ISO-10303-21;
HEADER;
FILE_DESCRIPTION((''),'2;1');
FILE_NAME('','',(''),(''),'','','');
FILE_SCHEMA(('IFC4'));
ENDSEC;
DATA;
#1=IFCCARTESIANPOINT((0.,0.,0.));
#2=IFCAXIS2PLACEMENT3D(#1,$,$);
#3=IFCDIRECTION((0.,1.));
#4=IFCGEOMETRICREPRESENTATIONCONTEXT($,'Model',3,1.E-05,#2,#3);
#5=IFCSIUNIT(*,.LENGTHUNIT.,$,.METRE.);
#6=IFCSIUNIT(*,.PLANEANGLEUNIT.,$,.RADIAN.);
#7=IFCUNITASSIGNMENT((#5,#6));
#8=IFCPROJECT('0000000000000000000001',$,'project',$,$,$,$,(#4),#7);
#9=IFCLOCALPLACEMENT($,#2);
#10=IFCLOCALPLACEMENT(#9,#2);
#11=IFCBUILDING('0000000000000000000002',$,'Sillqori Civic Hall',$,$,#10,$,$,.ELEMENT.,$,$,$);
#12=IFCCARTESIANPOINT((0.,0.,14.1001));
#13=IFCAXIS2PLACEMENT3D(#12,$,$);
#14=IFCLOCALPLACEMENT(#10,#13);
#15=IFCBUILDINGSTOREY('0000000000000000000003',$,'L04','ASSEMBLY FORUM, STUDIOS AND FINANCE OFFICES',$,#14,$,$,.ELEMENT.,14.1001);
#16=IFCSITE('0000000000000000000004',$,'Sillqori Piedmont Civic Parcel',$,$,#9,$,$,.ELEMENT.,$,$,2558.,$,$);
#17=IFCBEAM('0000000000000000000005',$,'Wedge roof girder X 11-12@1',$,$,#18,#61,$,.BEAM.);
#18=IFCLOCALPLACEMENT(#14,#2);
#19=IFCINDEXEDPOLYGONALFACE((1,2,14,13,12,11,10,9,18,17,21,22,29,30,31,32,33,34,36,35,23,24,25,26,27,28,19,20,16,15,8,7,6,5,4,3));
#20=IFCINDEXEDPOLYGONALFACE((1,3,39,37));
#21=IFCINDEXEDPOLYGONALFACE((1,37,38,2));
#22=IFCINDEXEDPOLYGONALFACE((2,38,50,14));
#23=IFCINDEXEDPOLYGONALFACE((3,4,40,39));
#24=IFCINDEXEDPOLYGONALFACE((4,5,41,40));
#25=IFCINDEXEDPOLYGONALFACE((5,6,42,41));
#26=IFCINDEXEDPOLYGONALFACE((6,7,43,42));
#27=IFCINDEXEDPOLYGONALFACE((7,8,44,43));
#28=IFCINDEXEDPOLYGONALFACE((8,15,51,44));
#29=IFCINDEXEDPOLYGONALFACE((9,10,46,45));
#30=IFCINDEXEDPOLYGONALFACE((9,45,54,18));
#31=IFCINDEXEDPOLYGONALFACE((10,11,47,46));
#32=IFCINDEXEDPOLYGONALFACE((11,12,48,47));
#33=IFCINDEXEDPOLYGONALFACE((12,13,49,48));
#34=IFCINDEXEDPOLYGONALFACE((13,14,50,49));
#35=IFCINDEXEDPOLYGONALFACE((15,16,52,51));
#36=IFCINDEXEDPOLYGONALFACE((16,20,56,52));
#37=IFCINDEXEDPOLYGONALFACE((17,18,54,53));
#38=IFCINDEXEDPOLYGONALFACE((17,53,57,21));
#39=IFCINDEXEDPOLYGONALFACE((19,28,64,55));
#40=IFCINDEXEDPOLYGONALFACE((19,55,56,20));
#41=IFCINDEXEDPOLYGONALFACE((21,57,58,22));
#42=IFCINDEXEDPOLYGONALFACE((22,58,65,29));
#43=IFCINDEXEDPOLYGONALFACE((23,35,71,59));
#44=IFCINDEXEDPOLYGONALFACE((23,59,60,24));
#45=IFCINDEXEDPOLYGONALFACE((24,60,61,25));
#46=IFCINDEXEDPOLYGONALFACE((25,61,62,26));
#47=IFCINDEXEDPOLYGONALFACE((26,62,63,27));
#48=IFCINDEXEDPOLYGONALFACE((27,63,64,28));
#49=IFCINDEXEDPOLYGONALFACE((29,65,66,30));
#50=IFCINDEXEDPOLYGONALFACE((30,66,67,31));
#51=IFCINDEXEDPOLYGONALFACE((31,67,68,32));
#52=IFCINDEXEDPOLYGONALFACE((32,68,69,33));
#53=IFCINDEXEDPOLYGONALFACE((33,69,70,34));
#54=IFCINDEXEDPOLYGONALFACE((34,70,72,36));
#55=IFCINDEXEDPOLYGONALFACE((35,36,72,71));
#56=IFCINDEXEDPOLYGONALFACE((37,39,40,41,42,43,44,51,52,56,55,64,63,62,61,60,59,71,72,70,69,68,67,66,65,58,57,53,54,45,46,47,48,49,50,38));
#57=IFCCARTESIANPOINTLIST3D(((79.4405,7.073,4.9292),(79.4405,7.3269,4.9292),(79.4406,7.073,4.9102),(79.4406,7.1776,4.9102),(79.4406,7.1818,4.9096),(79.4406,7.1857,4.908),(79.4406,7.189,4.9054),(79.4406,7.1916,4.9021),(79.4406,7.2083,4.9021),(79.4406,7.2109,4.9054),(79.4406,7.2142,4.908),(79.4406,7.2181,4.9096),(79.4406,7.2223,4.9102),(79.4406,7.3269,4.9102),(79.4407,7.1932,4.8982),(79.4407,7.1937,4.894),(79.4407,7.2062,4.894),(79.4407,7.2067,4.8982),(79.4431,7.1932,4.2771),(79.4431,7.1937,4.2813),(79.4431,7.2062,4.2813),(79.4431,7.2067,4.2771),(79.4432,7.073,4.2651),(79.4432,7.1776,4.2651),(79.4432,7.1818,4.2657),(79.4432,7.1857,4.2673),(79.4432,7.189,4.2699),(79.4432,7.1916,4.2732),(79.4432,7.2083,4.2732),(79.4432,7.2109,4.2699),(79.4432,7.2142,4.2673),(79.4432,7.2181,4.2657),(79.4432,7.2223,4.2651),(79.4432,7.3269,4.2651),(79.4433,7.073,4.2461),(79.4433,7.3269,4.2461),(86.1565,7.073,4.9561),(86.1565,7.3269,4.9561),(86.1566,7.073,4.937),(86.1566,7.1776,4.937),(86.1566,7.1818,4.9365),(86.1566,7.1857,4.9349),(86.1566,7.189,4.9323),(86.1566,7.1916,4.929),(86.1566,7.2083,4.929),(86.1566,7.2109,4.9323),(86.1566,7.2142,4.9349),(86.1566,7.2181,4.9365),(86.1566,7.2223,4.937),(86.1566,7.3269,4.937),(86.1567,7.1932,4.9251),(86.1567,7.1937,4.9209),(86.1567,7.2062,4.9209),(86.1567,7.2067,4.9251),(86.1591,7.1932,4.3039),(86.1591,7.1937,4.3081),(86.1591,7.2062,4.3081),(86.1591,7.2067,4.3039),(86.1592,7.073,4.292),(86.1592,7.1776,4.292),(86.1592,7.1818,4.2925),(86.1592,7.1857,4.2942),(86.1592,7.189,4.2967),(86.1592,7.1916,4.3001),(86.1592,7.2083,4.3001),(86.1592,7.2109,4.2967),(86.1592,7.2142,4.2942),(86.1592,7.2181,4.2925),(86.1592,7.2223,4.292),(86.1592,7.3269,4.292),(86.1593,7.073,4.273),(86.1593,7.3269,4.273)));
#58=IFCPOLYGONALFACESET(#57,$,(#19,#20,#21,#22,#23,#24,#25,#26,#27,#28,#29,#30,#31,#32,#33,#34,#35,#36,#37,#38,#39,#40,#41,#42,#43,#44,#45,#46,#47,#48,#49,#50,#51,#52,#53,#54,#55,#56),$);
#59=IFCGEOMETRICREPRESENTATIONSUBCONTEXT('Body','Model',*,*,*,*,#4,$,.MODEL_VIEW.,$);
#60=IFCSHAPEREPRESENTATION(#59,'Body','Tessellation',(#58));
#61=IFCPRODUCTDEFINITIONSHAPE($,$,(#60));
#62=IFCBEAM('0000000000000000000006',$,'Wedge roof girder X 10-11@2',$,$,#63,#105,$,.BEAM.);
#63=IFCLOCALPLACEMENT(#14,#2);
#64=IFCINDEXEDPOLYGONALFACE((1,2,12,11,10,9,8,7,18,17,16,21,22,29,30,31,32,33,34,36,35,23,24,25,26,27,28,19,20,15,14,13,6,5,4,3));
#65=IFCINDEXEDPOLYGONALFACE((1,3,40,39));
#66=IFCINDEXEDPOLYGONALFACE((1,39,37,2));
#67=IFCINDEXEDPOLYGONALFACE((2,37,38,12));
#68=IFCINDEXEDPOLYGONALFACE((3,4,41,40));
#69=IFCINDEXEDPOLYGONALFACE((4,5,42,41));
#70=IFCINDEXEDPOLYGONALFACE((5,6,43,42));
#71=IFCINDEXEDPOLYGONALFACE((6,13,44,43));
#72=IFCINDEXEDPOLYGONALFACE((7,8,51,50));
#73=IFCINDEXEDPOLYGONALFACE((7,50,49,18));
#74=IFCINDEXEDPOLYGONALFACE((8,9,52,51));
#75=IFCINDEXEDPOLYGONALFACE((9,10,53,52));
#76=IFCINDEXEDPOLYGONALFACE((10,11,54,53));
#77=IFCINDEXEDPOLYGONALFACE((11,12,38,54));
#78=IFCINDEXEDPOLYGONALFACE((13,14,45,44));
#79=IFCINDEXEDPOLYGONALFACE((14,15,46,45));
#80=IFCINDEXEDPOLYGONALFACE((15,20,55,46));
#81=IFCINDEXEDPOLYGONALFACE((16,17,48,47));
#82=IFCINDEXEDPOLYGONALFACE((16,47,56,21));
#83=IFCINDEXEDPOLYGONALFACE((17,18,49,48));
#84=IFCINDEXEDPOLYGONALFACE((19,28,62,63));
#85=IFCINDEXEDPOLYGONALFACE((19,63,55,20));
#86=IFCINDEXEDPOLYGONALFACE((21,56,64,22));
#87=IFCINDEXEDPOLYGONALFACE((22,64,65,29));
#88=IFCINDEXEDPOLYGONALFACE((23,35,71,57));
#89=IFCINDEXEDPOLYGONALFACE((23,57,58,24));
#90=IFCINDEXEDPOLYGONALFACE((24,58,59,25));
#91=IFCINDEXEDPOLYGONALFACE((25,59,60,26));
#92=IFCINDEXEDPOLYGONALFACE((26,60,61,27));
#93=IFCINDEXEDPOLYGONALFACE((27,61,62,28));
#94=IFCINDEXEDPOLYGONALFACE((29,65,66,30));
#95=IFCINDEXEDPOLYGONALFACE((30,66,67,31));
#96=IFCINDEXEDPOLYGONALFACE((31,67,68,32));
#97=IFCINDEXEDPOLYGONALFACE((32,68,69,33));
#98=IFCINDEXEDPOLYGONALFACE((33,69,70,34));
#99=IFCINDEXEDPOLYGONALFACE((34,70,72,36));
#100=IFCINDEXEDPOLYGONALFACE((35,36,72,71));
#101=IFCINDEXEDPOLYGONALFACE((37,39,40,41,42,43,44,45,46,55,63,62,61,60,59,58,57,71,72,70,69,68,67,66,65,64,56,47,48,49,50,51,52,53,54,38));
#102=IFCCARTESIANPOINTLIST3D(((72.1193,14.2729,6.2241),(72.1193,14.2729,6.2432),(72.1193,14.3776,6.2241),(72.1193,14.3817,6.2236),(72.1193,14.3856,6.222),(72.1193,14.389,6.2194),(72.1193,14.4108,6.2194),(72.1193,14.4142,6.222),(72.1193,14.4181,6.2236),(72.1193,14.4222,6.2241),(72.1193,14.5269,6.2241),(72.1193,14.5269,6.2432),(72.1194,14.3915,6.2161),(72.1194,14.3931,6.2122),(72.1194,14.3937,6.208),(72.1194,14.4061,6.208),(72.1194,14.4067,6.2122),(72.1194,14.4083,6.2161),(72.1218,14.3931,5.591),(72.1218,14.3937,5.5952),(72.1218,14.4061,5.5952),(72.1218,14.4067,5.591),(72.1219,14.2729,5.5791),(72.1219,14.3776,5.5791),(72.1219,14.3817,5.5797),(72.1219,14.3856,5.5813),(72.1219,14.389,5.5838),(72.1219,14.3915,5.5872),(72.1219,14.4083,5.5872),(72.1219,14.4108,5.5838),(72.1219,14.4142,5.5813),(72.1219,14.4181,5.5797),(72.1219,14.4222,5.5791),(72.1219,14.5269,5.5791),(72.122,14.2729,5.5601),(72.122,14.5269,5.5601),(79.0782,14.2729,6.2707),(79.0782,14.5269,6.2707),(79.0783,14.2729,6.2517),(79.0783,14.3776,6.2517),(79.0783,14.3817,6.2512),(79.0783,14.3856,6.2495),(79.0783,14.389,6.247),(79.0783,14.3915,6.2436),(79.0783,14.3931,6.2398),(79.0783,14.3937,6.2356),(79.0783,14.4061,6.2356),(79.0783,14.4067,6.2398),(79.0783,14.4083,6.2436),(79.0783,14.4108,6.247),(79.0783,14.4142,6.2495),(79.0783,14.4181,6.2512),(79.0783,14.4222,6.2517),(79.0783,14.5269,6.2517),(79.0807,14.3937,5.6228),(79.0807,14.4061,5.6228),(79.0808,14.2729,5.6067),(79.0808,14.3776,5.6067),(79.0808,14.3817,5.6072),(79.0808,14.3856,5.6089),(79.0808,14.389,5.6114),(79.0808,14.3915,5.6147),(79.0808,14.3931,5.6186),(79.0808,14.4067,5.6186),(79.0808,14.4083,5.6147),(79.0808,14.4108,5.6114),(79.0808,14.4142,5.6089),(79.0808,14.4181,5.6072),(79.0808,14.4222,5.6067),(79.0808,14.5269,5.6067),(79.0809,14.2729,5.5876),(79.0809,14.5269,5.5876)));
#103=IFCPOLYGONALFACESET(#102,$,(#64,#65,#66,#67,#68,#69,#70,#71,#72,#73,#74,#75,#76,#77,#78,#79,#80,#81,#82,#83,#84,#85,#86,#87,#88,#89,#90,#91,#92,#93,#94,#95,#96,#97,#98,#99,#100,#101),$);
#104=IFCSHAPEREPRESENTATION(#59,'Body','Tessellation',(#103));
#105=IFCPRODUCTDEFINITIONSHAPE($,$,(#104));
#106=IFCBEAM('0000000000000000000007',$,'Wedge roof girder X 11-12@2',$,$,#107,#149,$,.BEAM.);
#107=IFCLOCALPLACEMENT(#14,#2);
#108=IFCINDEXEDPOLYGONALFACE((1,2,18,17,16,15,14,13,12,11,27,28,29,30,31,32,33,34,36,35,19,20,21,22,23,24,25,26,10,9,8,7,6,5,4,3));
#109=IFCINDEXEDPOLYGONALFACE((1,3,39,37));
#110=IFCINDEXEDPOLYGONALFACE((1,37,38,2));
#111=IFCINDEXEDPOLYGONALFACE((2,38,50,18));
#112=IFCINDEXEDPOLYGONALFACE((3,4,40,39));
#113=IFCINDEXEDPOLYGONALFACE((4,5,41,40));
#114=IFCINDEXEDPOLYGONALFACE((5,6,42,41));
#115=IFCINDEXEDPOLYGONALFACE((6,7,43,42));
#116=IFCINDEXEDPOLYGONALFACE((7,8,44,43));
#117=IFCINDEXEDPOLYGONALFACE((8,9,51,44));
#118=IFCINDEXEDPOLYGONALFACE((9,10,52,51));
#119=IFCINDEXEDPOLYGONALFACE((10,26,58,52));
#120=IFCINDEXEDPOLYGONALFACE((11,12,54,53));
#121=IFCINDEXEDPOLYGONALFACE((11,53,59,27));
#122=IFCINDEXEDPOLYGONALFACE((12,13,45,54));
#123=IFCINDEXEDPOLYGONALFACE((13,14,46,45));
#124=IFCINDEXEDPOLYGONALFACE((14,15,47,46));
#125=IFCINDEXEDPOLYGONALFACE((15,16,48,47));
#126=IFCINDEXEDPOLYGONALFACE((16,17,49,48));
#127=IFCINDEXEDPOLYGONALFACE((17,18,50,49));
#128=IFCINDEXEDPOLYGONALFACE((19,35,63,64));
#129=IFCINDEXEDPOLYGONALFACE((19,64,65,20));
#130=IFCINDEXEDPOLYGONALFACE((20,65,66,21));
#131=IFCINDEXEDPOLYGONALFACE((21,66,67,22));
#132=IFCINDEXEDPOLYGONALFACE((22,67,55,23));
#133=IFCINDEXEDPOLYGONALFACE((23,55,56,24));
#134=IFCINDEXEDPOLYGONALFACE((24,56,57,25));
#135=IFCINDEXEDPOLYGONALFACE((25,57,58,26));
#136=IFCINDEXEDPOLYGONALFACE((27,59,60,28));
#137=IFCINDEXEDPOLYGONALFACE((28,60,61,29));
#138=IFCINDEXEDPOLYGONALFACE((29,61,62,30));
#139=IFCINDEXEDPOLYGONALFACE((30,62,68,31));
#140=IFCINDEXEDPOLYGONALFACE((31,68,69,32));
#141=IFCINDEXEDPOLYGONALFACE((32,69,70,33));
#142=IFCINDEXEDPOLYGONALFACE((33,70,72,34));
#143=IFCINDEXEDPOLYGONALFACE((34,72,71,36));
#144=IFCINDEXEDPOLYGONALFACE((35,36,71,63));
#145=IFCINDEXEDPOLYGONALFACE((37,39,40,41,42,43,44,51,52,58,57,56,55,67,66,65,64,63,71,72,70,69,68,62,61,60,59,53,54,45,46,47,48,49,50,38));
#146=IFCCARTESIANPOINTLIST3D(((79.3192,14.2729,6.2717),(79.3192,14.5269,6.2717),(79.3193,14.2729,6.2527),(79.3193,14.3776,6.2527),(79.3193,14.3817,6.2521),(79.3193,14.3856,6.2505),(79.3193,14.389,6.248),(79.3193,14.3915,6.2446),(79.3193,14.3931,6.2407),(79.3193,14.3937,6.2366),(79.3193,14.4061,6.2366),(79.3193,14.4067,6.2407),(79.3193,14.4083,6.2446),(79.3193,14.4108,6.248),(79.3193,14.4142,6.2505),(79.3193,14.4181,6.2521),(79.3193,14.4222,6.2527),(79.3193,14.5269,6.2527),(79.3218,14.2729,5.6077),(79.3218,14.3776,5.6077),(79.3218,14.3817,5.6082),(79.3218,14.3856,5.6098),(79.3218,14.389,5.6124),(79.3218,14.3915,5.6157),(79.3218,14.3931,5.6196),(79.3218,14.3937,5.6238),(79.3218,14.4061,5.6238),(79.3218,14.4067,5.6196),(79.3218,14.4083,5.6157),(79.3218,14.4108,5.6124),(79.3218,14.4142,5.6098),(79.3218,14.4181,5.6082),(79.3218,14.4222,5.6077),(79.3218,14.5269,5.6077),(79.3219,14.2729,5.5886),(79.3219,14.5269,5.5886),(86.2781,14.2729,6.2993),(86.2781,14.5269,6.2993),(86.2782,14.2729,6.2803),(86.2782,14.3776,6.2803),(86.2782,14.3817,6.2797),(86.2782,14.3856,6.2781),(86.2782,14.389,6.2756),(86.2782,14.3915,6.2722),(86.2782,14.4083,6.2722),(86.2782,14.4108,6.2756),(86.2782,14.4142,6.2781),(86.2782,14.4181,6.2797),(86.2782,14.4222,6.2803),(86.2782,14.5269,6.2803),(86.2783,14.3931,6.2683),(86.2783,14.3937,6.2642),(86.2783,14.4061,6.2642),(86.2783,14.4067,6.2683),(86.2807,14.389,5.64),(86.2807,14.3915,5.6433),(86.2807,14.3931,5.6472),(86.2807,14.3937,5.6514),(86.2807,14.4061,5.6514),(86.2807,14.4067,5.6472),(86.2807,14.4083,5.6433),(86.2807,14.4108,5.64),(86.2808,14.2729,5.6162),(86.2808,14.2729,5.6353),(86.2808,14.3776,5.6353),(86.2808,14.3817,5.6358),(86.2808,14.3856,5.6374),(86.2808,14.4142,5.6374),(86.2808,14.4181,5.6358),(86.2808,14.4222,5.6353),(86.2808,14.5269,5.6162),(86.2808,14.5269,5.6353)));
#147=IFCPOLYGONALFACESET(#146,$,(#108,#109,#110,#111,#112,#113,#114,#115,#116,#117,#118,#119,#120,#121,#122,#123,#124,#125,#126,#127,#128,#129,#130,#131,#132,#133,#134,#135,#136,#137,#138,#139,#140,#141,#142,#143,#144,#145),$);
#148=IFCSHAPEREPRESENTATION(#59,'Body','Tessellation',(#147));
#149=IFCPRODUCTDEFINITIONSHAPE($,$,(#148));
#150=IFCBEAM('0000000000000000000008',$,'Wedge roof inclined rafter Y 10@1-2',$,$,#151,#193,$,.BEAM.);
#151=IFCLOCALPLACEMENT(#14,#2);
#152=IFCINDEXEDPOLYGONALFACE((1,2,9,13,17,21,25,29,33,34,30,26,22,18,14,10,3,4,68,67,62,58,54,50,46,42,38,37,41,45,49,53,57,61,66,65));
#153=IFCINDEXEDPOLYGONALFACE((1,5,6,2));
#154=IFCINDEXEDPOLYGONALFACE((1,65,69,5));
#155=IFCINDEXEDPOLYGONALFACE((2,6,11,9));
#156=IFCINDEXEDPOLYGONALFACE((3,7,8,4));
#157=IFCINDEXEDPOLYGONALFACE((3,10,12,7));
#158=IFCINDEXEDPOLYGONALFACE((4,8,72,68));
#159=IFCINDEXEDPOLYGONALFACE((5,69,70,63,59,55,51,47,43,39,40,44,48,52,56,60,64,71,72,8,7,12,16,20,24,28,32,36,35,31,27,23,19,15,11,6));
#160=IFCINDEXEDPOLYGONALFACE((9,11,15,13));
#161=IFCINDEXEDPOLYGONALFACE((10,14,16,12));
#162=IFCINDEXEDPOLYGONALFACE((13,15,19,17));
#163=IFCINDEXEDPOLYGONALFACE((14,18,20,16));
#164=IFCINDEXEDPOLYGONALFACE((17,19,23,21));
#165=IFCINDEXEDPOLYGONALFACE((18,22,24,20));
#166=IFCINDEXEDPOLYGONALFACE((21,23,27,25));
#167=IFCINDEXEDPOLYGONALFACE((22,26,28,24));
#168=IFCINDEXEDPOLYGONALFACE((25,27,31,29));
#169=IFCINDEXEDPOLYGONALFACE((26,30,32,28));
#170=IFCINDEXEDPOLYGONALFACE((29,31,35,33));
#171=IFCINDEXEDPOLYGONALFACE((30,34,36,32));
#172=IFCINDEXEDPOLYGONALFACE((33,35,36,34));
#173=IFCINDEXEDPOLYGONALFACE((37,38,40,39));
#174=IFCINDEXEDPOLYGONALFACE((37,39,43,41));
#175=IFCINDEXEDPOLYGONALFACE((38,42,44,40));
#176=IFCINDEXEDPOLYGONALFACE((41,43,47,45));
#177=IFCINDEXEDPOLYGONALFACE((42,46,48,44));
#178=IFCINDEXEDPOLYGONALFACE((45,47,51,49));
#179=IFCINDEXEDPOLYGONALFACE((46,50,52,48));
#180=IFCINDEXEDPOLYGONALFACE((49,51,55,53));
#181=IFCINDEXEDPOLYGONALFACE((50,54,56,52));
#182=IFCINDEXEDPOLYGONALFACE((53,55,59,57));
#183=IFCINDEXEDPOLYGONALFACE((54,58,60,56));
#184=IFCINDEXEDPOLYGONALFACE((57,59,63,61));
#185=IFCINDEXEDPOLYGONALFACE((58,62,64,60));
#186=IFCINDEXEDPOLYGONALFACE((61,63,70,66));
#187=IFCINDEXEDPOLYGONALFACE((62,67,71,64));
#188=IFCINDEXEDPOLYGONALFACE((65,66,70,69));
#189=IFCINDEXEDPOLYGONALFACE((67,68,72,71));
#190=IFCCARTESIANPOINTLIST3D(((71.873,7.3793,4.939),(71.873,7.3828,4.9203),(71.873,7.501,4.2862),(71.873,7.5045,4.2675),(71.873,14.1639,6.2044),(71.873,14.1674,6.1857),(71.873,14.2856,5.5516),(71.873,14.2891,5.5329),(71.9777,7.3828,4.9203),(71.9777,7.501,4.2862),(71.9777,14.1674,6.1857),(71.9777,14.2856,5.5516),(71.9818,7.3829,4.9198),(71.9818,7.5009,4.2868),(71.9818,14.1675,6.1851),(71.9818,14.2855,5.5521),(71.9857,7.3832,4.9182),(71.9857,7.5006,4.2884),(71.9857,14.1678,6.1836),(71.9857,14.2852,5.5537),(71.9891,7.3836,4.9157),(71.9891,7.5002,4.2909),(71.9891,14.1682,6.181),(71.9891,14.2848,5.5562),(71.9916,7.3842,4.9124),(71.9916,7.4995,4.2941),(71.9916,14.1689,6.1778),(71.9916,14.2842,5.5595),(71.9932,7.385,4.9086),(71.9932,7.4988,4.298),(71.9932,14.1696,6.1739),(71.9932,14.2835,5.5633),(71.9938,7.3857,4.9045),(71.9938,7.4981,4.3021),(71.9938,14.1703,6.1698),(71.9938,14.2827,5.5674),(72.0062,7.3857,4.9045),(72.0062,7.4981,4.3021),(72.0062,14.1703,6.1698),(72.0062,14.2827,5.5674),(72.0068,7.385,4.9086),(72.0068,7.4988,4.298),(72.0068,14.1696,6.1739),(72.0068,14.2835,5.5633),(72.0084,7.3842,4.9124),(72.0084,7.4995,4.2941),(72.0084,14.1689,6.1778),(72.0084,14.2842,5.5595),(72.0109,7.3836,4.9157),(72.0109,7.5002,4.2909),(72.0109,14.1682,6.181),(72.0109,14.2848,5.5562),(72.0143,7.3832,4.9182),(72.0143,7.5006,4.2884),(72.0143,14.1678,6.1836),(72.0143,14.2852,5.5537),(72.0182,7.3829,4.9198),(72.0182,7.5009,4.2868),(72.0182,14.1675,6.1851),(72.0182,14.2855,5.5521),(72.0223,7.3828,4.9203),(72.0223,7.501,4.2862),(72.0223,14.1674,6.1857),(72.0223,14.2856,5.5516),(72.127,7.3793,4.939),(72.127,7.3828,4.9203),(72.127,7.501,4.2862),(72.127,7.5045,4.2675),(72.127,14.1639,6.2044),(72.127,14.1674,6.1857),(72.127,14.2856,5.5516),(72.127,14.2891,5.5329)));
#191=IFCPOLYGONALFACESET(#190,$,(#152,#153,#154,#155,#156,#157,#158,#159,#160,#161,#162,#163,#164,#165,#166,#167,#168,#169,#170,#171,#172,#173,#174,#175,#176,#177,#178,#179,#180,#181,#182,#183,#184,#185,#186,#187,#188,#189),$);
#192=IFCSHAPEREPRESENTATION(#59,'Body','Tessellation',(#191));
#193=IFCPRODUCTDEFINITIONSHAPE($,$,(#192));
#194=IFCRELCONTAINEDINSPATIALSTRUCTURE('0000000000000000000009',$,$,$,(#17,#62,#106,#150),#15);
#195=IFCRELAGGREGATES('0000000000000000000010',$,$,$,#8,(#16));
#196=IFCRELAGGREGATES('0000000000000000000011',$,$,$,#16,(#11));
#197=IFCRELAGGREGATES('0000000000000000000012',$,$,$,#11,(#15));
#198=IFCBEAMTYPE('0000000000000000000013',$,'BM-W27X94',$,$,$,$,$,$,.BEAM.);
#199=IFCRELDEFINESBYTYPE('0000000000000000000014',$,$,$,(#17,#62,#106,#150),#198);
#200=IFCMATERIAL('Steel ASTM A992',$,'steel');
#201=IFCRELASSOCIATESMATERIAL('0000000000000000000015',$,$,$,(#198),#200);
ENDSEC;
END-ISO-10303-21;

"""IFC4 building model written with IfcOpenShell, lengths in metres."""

from ifc_helpers import new_model, si_unit, direction, frame, origin, origin_2d, place, context, subcontext, project, spatial, i_section, extrude, material, material_profile, profile_set, type_object, element, save


model = new_model("IFC4")

# Units and contexts
model_context = context("Model", 3, precision=1e-05, world=origin(), true_north=direction((0.0, 1.0)))
body_context = subcontext(model_context, "Body", "Model", "MODEL_VIEW")
ifc_project = project(units=[si_unit("LENGTHUNIT", "METRE"), si_unit("PLANEANGLEUNIT", "RADIAN")], contexts=[model_context])

# Site, building, storey
site_placement = place(None, origin())
site = spatial("IfcSite", under=ifc_project, at=site_placement, Name="Sillqori Piedmont Civic Parcel", CompositionType="ELEMENT", RefElevation=2558.0)
building_placement = place(site_placement, origin())
building = spatial("IfcBuilding", under=site, at=building_placement, Name="Sillqori Civic Hall", CompositionType="ELEMENT")
storey_placement = place(building_placement, frame((0.0, 0.0, 14.1001)))
storey = spatial("IfcBuildingStorey", under=building, at=storey_placement, Name="L04", Description="ASSEMBLY FORUM, STUDIOS AND FINANCE OFFICES", CompositionType="ELEMENT", Elevation=14.1001)

# Shared definitions
ifc_material_1 = material(Name="Steel ASTM A992", Category="steel")

# Beams
ifc_material_profile_1 = material_profile(ifc_material_1, i_section(OverallWidth=0.2539, OverallDepth=0.6831, WebThickness=0.0125, FlangeThickness=0.019, FilletRadius=0.0161, at=origin_2d()), Name="W27X94")
ifc_profile_set_1 = profile_set([ifc_material_profile_1], Name="Steel ASTM A992")
beam_type_1 = type_object("IfcBeamType", Name="BM-W27X94", PredefinedType="BEAM", material=ifc_profile_set_1)
for number, where, z_axis, x_axis, name in (
    (1, (79.4419, 7.2, 4.5876), (0.999992, 0.0, 0.003999), (0.0, 1.0, 0.0), "Wedge roof girder X 11-12@1"),
):
    element("IfcBeam", number, at=place(storey_placement, frame(where, z_axis=z_axis, x_axis=x_axis)), inside=storey, type_object=beam_type_1, Name=name, PredefinedType="BEAM", context=body_context, shape_type="SweptSolid", body=[
        extrude(i_section(OverallWidth=0.2539, OverallDepth=0.6831, WebThickness=0.0125, FlangeThickness=0.019, FilletRadius=0.0161, at=origin_2d()), origin(), (0.0, 0.0, 1.0), 6.7161),
    ])
for number, where, z_axis, x_axis, name in (
    (2, (72.1206, 14.3999, 5.9016), (0.999992, 0.0, 0.003964), (0.0, 1.0, 0.0), "Wedge roof girder X 10-11@2"),
    (3, (79.3206, 14.3999, 5.9302), (0.999992, 0.0, 0.003964), (0.0, 1.0, 0.0), "Wedge roof girder X 11-12@2"),
):
    element("IfcBeam", number, at=place(storey_placement, frame(where, z_axis=z_axis, x_axis=x_axis)), inside=storey, type_object=beam_type_1, Name=name, PredefinedType="BEAM", context=body_context, shape_type="SweptSolid", body=[
        extrude(i_section(OverallWidth=0.2539, OverallDepth=0.6831, WebThickness=0.0125, FlangeThickness=0.019, FilletRadius=0.0161, at=origin_2d()), origin(), (0.0, 0.0, 1.0), 6.959),
    ])
beam_1_placement = place(storey_placement, frame((72.0, 7.4419, 4.6033), z_axis=(0.0, 0.983049, 0.183344), x_axis=(-1.0, 0.0, 0.0)))
element("IfcBeam", 4, at=beam_1_placement, inside=storey, type_object=beam_type_1, Name="Wedge roof inclined rafter Y 10@1-2", PredefinedType="BEAM", context=body_context, shape_type="SweptSolid", body=[
    extrude(i_section(OverallWidth=0.2539, OverallDepth=0.6831, WebThickness=0.0125, FlangeThickness=0.019, FilletRadius=0.0161, at=origin_2d()), origin(), (0.0, 0.0, 1.0), 6.9016),
])

save(model, "model.ifc")
